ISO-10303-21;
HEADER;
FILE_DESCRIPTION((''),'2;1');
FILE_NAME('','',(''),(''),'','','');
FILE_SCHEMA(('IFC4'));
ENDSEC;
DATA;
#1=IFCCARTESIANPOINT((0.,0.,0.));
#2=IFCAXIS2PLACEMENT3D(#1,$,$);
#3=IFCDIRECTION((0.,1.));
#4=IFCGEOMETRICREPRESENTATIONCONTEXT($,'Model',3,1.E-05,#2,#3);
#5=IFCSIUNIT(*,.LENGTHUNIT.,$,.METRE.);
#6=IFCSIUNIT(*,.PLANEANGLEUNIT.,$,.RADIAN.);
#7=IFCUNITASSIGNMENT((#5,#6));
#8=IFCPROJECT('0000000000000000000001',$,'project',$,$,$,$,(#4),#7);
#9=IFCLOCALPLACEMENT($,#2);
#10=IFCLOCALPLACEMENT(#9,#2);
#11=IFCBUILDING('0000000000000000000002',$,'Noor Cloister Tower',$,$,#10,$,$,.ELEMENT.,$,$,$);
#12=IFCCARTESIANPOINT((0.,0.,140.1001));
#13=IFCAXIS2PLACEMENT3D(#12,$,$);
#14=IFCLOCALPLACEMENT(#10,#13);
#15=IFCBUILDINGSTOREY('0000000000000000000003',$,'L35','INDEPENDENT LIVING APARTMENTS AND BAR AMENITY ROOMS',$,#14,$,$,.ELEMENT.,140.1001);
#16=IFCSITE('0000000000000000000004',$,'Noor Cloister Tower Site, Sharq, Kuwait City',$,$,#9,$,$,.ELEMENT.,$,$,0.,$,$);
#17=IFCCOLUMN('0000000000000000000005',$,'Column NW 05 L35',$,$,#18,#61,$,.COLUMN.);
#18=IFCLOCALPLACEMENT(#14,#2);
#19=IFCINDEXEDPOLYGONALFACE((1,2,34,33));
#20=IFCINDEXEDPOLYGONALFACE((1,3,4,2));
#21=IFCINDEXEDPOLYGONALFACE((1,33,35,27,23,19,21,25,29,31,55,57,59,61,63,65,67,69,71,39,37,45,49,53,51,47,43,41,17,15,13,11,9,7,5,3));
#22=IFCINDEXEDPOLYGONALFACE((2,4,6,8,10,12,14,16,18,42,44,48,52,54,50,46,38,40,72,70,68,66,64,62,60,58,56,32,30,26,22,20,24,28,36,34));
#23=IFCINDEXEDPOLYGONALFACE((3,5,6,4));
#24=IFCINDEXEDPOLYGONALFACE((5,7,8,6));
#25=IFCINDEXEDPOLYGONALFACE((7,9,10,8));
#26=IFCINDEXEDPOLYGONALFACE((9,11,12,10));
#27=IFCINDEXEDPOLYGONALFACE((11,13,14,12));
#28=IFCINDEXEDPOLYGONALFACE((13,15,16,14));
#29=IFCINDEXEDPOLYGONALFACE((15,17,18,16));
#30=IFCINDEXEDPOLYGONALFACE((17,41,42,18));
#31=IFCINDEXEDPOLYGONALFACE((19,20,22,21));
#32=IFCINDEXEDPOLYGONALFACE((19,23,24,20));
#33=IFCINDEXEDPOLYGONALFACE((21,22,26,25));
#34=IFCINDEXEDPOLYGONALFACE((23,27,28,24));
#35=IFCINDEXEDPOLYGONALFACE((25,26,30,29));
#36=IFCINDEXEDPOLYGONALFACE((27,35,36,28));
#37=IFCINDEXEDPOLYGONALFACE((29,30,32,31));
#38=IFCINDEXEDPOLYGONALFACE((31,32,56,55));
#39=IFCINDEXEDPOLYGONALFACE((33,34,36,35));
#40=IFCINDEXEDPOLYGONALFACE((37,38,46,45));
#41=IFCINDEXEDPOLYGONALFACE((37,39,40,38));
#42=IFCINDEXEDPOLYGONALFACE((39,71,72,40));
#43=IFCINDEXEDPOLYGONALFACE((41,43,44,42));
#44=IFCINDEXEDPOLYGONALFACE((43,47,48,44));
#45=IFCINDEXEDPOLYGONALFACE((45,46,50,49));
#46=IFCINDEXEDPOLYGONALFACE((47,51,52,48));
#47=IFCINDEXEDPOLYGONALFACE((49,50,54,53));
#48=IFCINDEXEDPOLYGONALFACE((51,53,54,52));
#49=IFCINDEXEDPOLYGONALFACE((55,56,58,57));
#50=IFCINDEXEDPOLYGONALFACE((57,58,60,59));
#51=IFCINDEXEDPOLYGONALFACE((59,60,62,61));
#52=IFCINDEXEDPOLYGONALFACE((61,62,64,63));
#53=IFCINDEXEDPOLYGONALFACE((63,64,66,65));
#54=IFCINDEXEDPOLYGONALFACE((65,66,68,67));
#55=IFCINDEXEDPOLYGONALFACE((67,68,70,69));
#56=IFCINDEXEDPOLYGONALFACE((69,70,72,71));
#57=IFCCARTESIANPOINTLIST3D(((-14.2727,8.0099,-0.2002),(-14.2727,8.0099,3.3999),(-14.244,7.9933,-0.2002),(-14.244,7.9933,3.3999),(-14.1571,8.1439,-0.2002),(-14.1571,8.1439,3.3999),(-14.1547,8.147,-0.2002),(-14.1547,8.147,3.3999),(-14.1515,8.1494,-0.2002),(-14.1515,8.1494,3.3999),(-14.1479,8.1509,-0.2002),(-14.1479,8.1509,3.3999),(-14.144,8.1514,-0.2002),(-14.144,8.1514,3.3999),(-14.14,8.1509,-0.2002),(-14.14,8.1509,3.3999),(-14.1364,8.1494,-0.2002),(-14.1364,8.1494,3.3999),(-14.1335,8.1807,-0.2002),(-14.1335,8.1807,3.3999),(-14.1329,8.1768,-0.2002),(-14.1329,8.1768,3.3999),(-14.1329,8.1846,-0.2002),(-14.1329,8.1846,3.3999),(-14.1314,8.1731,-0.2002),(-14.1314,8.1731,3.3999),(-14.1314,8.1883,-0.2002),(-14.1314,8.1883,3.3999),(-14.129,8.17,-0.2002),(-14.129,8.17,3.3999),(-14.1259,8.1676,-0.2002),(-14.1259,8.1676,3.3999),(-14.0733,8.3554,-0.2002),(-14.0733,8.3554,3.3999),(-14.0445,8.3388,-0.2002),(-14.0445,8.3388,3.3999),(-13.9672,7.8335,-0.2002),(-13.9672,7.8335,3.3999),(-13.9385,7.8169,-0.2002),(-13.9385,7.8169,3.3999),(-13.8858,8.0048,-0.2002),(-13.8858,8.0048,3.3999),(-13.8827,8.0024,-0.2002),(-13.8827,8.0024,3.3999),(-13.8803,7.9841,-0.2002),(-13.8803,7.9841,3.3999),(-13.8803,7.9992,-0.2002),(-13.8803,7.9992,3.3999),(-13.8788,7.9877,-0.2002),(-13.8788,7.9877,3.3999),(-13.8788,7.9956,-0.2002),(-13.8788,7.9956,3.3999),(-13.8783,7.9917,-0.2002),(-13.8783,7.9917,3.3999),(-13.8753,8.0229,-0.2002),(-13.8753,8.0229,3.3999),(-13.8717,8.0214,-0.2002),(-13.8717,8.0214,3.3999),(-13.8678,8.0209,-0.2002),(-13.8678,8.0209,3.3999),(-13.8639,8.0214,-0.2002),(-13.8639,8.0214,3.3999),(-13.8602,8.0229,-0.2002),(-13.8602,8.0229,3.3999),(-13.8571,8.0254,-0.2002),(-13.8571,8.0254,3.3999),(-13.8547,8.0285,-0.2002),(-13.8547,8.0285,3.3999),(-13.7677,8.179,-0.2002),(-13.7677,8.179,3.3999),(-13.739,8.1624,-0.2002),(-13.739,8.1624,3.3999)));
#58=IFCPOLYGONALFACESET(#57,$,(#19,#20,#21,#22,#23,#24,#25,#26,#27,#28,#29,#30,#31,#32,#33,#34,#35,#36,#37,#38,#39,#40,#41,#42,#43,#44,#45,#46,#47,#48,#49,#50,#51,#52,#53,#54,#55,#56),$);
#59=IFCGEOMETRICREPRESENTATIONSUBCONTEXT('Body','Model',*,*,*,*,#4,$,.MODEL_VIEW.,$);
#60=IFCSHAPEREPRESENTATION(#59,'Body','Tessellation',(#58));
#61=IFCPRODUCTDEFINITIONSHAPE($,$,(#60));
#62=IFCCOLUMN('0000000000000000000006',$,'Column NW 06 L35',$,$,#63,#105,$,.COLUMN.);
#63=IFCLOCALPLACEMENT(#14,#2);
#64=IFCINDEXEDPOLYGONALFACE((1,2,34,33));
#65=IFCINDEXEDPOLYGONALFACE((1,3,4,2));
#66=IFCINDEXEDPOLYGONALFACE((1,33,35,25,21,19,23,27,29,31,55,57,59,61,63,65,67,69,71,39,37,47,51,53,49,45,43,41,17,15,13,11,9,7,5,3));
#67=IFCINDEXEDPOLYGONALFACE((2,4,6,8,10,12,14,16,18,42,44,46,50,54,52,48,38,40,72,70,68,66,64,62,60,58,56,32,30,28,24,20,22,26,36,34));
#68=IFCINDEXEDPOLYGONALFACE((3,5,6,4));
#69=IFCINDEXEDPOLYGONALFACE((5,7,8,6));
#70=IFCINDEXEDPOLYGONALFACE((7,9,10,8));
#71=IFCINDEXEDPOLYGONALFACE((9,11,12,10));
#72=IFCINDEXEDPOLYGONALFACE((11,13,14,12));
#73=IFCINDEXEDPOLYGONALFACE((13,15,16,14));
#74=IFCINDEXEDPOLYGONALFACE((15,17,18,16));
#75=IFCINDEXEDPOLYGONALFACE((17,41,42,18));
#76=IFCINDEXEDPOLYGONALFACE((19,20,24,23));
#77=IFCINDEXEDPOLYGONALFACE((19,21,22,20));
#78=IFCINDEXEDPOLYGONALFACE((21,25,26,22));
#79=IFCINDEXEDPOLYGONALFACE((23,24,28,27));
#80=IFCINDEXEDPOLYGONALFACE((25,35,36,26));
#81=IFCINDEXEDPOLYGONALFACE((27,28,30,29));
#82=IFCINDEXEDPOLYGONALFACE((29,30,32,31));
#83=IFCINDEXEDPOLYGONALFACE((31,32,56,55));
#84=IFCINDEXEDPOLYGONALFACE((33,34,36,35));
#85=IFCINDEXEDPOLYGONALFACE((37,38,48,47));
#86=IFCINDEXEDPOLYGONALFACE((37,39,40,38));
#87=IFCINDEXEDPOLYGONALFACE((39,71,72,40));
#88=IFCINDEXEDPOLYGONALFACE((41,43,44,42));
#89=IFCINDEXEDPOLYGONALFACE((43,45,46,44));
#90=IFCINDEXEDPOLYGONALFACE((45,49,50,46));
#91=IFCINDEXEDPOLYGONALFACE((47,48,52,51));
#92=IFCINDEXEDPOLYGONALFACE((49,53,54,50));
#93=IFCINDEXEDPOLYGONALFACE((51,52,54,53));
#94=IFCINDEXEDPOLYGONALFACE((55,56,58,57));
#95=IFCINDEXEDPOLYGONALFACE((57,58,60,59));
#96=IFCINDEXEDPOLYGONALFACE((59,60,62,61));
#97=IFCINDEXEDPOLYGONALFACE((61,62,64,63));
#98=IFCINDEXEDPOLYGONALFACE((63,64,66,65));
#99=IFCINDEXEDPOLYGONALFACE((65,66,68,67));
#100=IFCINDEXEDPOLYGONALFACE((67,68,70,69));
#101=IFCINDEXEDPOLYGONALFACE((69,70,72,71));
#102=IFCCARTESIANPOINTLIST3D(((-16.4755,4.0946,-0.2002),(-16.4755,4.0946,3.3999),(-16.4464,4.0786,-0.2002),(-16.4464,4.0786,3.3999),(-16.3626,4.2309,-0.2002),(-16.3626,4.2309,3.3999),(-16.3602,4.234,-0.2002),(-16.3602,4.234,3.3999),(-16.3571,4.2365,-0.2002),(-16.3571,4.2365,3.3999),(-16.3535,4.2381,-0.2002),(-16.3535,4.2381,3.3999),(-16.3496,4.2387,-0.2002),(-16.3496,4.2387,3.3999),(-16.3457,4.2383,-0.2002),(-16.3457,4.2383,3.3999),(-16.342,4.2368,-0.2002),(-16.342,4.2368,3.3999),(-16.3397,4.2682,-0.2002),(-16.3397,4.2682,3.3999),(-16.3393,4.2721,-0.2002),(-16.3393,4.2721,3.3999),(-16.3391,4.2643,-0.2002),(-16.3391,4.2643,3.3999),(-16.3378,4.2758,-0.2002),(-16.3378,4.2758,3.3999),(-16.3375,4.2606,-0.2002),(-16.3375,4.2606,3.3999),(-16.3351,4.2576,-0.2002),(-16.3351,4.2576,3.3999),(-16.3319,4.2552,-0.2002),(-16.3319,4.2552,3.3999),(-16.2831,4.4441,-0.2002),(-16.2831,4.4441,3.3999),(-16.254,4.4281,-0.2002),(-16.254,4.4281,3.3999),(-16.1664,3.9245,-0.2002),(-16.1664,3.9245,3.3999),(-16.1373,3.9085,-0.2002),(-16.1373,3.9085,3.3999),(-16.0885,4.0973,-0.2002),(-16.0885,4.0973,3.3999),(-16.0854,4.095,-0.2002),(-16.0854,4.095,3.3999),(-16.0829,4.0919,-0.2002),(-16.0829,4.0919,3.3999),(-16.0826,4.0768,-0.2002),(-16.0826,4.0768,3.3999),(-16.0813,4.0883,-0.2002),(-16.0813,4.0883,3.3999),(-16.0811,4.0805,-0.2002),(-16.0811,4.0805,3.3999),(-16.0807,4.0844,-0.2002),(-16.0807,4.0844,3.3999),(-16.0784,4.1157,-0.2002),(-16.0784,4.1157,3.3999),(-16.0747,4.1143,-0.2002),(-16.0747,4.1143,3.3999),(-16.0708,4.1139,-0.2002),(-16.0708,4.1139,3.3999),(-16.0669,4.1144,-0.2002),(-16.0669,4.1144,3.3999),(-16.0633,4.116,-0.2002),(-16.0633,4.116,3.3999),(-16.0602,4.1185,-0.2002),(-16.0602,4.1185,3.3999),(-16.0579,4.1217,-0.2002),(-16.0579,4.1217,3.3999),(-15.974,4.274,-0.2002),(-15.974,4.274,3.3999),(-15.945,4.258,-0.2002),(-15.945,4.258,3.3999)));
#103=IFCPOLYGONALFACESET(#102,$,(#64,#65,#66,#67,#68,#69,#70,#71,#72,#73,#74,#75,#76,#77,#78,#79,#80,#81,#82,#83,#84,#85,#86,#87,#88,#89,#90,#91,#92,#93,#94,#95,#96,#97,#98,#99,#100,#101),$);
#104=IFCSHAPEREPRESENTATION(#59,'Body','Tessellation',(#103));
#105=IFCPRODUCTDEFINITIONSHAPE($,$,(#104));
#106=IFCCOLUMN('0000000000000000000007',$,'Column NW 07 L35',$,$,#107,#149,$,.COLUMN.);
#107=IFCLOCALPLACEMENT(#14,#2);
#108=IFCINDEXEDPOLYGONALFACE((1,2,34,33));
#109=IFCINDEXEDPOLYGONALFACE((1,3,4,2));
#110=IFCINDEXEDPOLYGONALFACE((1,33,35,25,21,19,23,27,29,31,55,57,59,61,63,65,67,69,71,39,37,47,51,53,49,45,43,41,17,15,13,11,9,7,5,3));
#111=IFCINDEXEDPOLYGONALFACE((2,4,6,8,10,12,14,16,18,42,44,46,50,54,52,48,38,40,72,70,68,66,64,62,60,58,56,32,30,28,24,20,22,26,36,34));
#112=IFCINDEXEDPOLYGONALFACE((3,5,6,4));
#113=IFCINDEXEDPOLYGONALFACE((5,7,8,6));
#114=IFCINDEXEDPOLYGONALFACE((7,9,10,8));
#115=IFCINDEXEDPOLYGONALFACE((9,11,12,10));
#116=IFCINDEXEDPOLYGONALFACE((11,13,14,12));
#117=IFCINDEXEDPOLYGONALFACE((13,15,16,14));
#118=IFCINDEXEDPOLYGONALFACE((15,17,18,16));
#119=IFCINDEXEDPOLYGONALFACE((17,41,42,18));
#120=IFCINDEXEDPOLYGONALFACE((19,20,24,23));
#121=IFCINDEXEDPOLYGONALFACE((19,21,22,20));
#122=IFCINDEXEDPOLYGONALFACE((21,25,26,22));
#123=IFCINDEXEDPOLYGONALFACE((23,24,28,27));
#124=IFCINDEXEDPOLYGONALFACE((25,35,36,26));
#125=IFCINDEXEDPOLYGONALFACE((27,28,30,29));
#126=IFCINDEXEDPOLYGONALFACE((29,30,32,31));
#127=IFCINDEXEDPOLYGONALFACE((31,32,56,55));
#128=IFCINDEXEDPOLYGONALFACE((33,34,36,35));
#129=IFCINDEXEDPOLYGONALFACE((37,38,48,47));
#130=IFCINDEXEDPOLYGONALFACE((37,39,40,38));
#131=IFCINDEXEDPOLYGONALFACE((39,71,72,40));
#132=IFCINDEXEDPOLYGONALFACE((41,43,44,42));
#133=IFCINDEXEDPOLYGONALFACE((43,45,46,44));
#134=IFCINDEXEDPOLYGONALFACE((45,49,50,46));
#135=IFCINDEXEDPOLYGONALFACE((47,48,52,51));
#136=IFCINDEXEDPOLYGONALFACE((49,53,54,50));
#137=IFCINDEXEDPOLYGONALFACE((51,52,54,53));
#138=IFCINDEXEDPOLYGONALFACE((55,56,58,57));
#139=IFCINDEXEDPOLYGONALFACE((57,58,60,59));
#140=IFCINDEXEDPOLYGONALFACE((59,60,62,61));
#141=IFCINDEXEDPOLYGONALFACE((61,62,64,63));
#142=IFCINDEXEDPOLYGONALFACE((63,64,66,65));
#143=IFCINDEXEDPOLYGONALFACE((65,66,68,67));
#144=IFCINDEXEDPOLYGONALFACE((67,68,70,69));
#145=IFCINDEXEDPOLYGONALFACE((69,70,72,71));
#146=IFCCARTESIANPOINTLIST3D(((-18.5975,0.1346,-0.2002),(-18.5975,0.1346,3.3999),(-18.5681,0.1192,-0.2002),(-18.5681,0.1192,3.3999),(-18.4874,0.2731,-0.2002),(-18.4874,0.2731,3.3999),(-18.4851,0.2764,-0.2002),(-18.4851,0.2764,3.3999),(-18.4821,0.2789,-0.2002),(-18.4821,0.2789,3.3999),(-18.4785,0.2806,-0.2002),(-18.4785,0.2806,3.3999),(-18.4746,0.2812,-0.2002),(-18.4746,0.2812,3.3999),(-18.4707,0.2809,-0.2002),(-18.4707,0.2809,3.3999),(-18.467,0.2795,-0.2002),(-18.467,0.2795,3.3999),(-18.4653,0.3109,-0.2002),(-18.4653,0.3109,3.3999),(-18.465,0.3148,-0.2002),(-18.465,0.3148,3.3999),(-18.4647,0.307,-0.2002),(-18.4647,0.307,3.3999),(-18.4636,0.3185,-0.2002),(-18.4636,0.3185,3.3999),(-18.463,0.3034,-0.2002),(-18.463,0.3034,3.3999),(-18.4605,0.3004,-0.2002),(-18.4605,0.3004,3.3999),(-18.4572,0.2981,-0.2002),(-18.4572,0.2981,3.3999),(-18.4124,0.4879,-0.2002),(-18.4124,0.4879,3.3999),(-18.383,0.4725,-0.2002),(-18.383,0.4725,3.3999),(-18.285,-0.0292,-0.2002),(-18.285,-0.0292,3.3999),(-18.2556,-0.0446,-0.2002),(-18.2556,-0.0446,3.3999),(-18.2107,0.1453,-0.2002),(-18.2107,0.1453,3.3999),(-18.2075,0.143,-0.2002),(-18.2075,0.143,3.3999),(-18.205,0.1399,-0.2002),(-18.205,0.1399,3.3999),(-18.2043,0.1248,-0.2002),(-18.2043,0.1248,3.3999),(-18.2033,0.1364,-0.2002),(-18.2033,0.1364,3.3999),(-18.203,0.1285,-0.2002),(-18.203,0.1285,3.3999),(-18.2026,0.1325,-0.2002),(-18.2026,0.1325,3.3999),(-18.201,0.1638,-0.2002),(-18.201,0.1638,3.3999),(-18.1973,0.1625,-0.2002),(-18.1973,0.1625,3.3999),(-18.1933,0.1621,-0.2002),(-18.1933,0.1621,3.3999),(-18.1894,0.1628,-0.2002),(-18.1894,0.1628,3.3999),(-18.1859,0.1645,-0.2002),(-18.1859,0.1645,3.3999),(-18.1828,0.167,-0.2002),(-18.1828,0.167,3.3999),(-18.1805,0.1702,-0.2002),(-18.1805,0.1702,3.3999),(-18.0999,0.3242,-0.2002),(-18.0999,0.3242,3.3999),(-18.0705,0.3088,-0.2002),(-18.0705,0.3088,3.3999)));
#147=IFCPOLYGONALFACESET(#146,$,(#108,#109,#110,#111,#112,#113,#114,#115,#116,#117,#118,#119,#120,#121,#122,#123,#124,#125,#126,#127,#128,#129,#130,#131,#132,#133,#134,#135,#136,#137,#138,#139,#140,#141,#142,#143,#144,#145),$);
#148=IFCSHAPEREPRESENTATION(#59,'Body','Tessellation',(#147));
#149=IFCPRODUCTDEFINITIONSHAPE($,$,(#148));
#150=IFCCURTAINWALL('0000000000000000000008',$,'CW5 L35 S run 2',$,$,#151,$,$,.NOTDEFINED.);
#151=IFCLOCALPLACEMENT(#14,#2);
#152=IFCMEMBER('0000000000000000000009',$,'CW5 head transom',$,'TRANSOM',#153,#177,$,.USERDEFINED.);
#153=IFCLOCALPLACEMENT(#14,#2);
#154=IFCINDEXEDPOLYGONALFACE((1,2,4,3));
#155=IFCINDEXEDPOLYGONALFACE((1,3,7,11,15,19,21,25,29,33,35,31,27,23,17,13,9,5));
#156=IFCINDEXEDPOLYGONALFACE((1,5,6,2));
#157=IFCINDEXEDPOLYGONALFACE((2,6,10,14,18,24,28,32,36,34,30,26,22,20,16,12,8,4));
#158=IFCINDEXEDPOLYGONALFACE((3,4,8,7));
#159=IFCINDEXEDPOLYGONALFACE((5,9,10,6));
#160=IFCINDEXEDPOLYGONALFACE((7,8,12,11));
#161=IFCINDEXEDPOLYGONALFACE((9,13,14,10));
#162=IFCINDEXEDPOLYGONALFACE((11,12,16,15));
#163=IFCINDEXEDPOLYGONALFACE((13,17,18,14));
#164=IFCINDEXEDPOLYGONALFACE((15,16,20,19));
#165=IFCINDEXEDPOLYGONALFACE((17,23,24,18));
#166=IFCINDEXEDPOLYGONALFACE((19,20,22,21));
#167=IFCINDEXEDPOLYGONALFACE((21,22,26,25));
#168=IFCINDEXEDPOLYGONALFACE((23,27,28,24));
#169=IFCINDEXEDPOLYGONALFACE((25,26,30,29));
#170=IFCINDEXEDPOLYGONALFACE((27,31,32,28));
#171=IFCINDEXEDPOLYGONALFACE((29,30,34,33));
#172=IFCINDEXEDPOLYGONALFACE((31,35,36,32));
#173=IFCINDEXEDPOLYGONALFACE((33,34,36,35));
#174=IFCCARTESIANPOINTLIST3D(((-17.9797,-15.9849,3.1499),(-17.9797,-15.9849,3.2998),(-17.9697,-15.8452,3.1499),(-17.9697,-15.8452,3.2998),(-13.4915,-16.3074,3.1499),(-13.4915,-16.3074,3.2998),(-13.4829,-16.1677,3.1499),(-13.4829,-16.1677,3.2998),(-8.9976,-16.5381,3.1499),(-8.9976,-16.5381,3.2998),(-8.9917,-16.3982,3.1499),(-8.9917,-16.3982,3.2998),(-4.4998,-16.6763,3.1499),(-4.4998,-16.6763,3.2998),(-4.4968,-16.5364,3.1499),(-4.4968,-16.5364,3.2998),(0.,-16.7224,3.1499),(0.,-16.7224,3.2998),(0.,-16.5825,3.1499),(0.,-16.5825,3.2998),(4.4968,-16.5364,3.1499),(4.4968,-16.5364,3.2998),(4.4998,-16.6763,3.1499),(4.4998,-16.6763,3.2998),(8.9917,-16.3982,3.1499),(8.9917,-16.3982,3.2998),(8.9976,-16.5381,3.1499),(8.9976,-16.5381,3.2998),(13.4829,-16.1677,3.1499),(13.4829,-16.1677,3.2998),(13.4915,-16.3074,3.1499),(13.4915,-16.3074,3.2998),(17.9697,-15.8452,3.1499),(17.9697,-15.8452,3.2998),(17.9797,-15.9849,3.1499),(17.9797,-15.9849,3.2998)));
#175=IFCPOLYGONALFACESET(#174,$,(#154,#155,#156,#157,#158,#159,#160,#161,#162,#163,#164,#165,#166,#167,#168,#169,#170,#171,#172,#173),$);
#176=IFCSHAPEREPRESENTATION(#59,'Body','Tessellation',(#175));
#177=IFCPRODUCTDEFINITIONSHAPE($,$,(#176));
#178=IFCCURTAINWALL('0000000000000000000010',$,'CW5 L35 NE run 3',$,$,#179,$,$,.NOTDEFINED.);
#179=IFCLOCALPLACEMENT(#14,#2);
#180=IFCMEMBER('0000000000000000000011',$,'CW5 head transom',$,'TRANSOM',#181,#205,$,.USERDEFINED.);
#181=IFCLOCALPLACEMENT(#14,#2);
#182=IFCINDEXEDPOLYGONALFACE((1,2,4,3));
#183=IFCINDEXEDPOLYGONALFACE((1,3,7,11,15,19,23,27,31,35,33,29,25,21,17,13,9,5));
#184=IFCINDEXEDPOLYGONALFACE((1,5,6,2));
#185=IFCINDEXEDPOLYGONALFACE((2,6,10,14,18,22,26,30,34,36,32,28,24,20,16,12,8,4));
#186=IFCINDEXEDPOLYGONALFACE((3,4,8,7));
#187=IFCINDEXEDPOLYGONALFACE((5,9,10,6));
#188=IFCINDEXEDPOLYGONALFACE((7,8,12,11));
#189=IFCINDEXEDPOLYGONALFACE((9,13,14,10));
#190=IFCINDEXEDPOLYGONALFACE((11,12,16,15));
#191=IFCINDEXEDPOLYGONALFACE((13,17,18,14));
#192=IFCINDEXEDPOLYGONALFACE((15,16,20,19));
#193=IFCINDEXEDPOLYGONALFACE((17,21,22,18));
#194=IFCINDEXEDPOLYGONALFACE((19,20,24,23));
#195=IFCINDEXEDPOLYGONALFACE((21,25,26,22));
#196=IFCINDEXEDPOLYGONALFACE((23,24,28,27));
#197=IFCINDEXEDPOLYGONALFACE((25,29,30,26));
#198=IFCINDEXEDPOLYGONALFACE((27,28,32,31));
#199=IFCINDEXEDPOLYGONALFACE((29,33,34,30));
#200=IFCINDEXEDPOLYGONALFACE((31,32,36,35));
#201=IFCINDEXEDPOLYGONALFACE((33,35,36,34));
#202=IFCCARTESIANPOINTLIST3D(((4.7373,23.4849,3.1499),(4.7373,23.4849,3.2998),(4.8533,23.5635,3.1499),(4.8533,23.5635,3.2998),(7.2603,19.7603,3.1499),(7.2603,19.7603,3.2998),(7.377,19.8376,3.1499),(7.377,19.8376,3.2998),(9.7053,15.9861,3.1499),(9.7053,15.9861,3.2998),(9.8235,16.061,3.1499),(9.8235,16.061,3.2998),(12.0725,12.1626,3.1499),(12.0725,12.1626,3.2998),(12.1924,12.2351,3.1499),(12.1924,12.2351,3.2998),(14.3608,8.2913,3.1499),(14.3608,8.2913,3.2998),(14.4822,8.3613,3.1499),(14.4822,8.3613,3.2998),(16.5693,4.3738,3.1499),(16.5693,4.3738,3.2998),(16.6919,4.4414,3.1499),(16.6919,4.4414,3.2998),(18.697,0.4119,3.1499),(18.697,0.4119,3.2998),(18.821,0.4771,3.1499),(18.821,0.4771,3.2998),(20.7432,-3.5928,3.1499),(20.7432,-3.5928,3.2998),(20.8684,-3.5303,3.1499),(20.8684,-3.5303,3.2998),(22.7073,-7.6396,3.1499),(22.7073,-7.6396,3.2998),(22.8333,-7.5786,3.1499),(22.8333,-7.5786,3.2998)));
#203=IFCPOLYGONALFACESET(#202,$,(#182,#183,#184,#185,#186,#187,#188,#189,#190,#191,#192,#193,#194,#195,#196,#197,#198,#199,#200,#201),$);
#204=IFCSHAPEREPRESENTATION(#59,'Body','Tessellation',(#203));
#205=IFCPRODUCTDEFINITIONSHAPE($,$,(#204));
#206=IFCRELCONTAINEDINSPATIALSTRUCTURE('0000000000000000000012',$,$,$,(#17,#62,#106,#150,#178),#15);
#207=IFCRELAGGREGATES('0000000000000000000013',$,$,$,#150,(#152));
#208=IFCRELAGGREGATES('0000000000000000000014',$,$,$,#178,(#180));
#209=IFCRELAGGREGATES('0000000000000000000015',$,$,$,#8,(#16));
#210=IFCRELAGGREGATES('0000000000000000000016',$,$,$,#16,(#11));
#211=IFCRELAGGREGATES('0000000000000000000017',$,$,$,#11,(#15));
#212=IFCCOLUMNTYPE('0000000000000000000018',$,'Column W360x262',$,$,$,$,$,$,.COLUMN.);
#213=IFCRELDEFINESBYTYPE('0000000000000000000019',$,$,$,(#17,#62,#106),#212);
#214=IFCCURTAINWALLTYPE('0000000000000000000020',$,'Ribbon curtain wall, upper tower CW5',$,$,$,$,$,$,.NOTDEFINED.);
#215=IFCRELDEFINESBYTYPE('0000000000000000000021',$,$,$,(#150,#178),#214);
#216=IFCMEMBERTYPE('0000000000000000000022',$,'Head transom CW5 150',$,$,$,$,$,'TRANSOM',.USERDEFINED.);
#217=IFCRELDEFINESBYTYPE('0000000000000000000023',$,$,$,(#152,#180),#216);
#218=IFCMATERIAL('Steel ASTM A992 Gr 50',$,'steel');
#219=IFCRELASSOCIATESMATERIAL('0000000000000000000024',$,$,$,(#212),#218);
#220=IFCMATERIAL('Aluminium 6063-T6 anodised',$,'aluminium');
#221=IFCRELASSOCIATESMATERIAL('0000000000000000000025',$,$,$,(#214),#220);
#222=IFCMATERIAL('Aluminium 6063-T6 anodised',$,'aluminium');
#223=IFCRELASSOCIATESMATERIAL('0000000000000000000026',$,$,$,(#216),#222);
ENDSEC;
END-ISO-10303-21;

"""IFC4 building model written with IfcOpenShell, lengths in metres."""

from ifc_helpers import new_model, si_unit, direction, frame, origin, origin_2d, place, context, subcontext, project, spatial, polyline, i_section, outline, extrude, material, material_profile, profile_set, type_object, element, aggregate, save


model = new_model("IFC4")

# Units and contexts
model_context = context("Model", 3, precision=1e-05, world=origin(), true_north=direction((0.0, 1.0)))
body_context = subcontext(model_context, "Body", "Model", "MODEL_VIEW")
ifc_project = project(units=[si_unit("LENGTHUNIT", "METRE"), si_unit("PLANEANGLEUNIT", "RADIAN")], contexts=[model_context])

# Site, building, storey
site_placement = place(None, origin())
site = spatial("IfcSite", under=ifc_project, at=site_placement, Name="Noor Cloister Tower Site, Sharq, Kuwait City", CompositionType="ELEMENT", RefElevation=0.0)
building_placement = place(site_placement, origin())
building = spatial("IfcBuilding", under=site, at=building_placement, Name="Noor Cloister Tower", CompositionType="ELEMENT")
storey_placement = place(building_placement, frame((0.0, 0.0, 140.1001)))
storey = spatial("IfcBuildingStorey", under=building, at=storey_placement, Name="L35", Description="INDEPENDENT LIVING APARTMENTS AND BAR AMENITY ROOMS", CompositionType="ELEMENT", Elevation=140.1001)

# Columns
ifc_material_1 = material(Name="Steel ASTM A992 Gr 50", Category="steel")
ifc_material_profile_1 = material_profile(ifc_material_1, i_section(OverallWidth=0.3989, OverallDepth=0.386, WebThickness=0.021, FlangeThickness=0.0332, FilletRadius=0.0151, at=origin_2d()), Name="W360x262")
ifc_profile_set_1 = profile_set([ifc_material_profile_1], Name="Steel ASTM A992 Gr 50")
column_type = type_object("IfcColumnType", Name="Column W360x262", PredefinedType="COLUMN", material=ifc_profile_set_1)
for number, where, z_axis, x_axis, name in (
    (1, (-14.0059, 8.0862, -0.2002), (0.0, 0.0, 1.0), (-0.5, -0.866025, 0.0), "Column NW 05 L35"),
    (2, (-16.2102, 4.1763, -0.2002), (0.0, 0.0, 1.0), (-0.48214, -0.876094, 0.0), "Column NW 06 L35"),
    (3, (-18.334, 0.2217, -0.2002), (0.0, 0.0, 1.0), (-0.464077, -0.885795, 0.0), "Column NW 07 L35"),
):
    element("IfcColumn", number, at=place(storey_placement, frame(where, z_axis=z_axis, x_axis=x_axis)), inside=storey, type_object=column_type, Name=name, PredefinedType="COLUMN", context=body_context, shape_type="SweptSolid", body=[
        extrude(i_section(OverallWidth=0.3989, OverallDepth=0.386, WebThickness=0.021, FlangeThickness=0.0332, FilletRadius=0.0151, at=origin_2d()), origin(), (0.0, 0.0, 1.0), 3.6001),
    ])

# Curtain walls, members
ifc_material_2 = material(Name="Aluminium 6063-T6 anodised", Category="aluminium")
curtain_wall_type = type_object("IfcCurtainWallType", Name="Ribbon curtain wall, upper tower CW5", PredefinedType="NOTDEFINED", material=ifc_material_2)
curtain_wall_1_placement = place(storey_placement, origin())
curtain_wall_1 = element("IfcCurtainWall", 4, at=curtain_wall_1_placement, inside=storey, type_object=curtain_wall_type, Name="CW5 L35 S run 2", PredefinedType="NOTDEFINED")
ifc_material_3 = material(Name="Aluminium 6063-T6 anodised", Category="aluminium")
member_type_1 = type_object("IfcMemberType", Name="Head transom CW5 150", ElementType="TRANSOM", PredefinedType="USERDEFINED", material=ifc_material_3)
member_1_placement = place(storey_placement, frame((0.0, 0.0, 3.1499)))
member_1 = element("IfcMember", 5, at=member_1_placement, type_object=member_type_1, Name="CW5 head transom", ObjectType="TRANSOM", PredefinedType="USERDEFINED", context=body_context, shape_type="SweptSolid", body=[
    extrude(outline(polyline([(-17.9797, -15.9849), (-13.4915, -16.3074), (-8.9976, -16.5381), (-4.4998, -16.6763), (0.0, -16.7224), (4.4998, -16.6763), (8.9976, -16.5381), (13.4915, -16.3074), (17.9797, -15.9849), (17.9697, -15.8452), (13.4829, -16.1677), (8.9917, -16.3982), (4.4968, -16.5364), (0.0, -16.5825), (-4.4968, -16.5364), (-8.9917, -16.3982), (-13.4829, -16.1677), (-17.9697, -15.8452), (-17.9797, -15.9849)])), origin(), (0.0, 0.0, 1.0), 0.1499),
])
curtain_wall_2_placement = place(storey_placement, origin())
curtain_wall_2 = element("IfcCurtainWall", 6, at=curtain_wall_2_placement, inside=storey, type_object=curtain_wall_type, Name="CW5 L35 NE run 3", PredefinedType="NOTDEFINED")
member_2_placement = place(storey_placement, frame((0.0, 0.0, 3.1499)))
member_2 = element("IfcMember", 7, at=member_2_placement, type_object=member_type_1, Name="CW5 head transom", ObjectType="TRANSOM", PredefinedType="USERDEFINED", context=body_context, shape_type="SweptSolid", body=[
    extrude(outline(polyline([(22.8333, -7.5786), (20.8684, -3.5303), (18.821, 0.4771), (16.6919, 4.4414), (14.4822, 8.3613), (12.1924, 12.2351), (9.8235, 16.061), (7.377, 19.8376), (4.8533, 23.5635), (4.7373, 23.4849), (7.2603, 19.7603), (9.7053, 15.9861), (12.0725, 12.1626), (14.3608, 8.2913), (16.5693, 4.3738), (18.697, 0.4119), (20.7432, -3.5928), (22.7073, -7.6396), (22.8333, -7.5786)])), origin(), (0.0, 0.0, 1.0), 0.1499),
])

aggregate(curtain_wall_1, [member_1])
aggregate(curtain_wall_2, [member_2])

save(model, "model.ifc")
